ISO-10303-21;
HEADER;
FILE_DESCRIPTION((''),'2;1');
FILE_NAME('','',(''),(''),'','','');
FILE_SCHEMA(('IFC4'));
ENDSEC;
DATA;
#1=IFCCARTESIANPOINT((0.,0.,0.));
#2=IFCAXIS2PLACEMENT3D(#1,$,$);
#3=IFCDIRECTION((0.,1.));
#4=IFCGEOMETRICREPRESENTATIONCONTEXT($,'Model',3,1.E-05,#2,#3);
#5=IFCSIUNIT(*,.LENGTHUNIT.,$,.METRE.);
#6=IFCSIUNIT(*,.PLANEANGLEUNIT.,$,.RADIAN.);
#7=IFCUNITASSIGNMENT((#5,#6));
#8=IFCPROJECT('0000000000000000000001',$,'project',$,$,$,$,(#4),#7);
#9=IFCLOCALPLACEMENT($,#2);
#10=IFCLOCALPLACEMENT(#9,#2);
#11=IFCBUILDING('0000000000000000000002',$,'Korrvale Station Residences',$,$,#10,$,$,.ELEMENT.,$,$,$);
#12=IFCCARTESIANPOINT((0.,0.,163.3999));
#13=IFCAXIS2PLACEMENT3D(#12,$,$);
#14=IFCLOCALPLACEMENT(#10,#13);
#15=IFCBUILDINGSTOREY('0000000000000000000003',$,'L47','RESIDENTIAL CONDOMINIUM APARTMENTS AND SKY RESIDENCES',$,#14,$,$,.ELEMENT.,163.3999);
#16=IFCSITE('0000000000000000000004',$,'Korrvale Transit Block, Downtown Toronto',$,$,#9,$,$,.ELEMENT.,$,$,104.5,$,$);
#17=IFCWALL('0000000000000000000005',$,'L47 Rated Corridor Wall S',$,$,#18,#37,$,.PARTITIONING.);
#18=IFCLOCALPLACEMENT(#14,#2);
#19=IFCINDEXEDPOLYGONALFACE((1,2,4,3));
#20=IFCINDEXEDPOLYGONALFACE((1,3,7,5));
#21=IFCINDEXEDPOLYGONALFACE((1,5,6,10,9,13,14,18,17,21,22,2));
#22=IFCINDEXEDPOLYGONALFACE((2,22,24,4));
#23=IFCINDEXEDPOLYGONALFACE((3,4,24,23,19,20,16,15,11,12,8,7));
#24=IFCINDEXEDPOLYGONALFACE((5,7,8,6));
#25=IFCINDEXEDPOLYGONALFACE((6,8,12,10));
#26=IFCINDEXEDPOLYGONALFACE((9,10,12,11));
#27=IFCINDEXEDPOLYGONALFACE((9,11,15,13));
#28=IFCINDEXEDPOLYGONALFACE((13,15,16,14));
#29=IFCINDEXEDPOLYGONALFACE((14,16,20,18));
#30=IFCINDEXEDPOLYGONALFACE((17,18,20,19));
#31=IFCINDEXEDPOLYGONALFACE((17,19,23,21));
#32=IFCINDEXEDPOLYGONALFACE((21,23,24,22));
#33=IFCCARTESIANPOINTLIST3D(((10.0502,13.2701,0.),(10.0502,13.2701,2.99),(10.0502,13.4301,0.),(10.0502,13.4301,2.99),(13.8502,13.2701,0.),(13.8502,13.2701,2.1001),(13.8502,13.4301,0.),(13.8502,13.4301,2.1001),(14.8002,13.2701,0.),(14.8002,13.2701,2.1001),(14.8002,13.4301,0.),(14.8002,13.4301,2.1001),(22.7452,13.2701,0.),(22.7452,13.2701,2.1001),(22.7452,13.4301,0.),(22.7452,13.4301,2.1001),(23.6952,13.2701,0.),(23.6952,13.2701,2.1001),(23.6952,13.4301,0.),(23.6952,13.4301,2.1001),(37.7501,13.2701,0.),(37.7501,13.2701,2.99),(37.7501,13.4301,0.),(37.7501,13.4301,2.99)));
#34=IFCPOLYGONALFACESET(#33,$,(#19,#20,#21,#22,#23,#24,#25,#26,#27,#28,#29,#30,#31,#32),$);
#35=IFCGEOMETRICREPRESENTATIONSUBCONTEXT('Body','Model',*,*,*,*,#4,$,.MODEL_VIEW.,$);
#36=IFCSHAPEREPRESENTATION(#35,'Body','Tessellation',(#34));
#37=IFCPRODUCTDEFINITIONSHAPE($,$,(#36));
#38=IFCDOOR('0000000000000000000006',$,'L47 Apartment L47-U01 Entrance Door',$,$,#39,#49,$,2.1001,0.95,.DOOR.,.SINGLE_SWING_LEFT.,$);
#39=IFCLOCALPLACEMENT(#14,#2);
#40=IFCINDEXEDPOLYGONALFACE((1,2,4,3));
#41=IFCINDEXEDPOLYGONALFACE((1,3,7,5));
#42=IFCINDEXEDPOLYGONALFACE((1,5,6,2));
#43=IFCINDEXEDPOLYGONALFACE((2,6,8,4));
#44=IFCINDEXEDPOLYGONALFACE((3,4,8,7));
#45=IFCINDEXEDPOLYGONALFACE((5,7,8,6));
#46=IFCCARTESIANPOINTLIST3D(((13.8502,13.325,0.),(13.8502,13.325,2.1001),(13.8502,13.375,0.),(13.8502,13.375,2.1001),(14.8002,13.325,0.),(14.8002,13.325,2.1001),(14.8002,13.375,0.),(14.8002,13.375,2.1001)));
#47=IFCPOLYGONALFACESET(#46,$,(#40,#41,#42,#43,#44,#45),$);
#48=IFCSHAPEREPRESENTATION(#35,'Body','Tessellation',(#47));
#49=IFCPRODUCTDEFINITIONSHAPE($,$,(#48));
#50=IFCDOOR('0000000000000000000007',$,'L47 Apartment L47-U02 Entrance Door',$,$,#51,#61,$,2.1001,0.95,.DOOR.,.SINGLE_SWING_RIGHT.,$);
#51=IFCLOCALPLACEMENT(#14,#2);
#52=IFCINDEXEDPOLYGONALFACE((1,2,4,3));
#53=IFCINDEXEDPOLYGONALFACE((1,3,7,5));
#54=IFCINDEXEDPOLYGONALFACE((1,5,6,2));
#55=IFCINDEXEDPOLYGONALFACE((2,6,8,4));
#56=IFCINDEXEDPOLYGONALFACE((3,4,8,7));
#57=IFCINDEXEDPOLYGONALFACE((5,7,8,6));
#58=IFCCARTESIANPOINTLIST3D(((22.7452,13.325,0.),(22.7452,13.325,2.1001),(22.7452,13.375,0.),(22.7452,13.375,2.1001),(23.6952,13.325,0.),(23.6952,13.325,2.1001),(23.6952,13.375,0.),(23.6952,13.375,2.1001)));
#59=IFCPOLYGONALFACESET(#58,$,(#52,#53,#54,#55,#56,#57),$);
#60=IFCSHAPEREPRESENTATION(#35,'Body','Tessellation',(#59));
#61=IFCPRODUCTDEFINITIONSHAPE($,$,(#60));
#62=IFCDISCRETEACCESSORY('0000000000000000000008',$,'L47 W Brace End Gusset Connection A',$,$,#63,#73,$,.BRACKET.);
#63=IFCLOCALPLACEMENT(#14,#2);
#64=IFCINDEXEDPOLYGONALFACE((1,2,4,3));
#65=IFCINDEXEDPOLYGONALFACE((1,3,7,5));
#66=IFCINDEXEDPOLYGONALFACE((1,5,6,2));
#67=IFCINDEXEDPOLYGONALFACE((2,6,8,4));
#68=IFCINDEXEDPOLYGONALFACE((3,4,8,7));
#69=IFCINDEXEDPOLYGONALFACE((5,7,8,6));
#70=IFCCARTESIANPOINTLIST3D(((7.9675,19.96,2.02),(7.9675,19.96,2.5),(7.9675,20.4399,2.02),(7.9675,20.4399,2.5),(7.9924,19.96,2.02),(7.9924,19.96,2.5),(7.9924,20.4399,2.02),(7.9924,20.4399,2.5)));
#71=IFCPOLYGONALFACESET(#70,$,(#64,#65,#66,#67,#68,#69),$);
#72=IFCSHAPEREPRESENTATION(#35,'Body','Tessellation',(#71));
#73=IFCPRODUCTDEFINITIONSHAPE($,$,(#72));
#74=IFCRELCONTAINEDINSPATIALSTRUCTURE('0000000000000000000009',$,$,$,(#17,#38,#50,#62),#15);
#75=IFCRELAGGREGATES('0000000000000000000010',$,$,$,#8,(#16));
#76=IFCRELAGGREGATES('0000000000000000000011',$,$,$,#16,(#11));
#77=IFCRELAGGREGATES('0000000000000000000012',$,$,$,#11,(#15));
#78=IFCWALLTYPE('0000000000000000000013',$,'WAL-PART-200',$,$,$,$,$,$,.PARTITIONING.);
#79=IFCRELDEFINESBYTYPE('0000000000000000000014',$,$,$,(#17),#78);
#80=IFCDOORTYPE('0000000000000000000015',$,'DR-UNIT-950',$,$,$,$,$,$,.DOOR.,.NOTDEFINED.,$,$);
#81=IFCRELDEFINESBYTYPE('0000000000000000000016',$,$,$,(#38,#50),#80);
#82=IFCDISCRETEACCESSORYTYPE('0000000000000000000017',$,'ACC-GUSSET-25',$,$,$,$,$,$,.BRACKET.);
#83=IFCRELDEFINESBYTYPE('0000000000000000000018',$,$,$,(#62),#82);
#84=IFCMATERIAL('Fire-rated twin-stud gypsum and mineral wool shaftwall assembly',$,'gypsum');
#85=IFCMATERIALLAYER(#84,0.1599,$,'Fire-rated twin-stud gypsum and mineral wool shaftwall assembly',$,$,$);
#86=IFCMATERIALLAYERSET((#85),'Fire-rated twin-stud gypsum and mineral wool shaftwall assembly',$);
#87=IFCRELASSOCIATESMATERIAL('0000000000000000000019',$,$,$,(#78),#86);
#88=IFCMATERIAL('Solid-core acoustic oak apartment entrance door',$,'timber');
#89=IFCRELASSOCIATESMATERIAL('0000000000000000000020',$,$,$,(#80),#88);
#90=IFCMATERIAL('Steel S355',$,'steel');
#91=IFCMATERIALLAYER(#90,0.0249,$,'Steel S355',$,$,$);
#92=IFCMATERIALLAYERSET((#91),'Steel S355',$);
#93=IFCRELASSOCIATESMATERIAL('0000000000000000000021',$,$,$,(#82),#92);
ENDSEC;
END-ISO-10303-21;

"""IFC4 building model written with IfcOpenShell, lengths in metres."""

from ifc_helpers import new_model, si_unit, direction, frame, frame_2d, origin, origin_2d, place, context, subcontext, project, spatial, rectangle, extrude, material, layer, layer_set, type_object, element, fill, save


model = new_model("IFC4")

# Units and contexts
model_context = context("Model", 3, precision=1e-05, world=origin(), true_north=direction((0.0, 1.0)))
body_context = subcontext(model_context, "Body", "Model", "MODEL_VIEW")
ifc_project = project(units=[si_unit("LENGTHUNIT", "METRE"), si_unit("PLANEANGLEUNIT", "RADIAN")], contexts=[model_context])

# Site, building, storey
site_placement = place(None, origin())
site = spatial("IfcSite", under=ifc_project, at=site_placement, Name="Korrvale Transit Block, Downtown Toronto", CompositionType="ELEMENT", RefElevation=104.5)
building_placement = place(site_placement, origin())
building = spatial("IfcBuilding", under=site, at=building_placement, Name="Korrvale Station Residences", CompositionType="ELEMENT")
storey_placement = place(building_placement, frame((0.0, 0.0, 163.3999)))
storey = spatial("IfcBuildingStorey", under=building, at=storey_placement, Name="L47", Description="RESIDENTIAL CONDOMINIUM APARTMENTS AND SKY RESIDENCES", CompositionType="ELEMENT", Elevation=163.3999)

# Shared definitions
ifc_material_1 = material(Name="Steel S355", Category="steel")

# Shared definitions
ifc_material_2 = material(Name="Fire-rated twin-stud gypsum and mineral wool shaftwall assembly", Category="gypsum")
ifc_layer_1 = layer(ifc_material_2, 0.1599, Name="Fire-rated twin-stud gypsum and mineral wool shaftwall assembly")
ifc_layer_set_1 = layer_set([ifc_layer_1], Name="Fire-rated twin-stud gypsum and mineral wool shaftwall assembly")
wall_type_1 = type_object("IfcWallType", Name="WAL-PART-200", PredefinedType="PARTITIONING", material=ifc_layer_set_1)

# Wall, openings, doors
wall_1_placement = place(storey_placement, frame((10.05, 13.3501, 0.0), z_axis=(0.0, 0.0, 1.0), x_axis=(1.0, 0.0, 0.0)))
wall_1 = element("IfcWall", 1, at=wall_1_placement, inside=storey, type_object=wall_type_1, Name="L47 Rated Corridor Wall S", PredefinedType="PARTITIONING", context=body_context, shape_type="SweptSolid", body=[
    extrude(rectangle(XDim=27.7, YDim=0.1599, at=frame_2d((13.8501, 0.0))), origin(), (0.0, 0.0, 1.0), 2.99),
])
opening_1_placement = place(wall_1_placement, frame((3.8, 0.0, 0.0)))
opening_1 = element("IfcOpeningElement", 2, at=opening_1_placement, cuts=wall_1, PredefinedType="OPENING", context=body_context, shape_type="SweptSolid", body=[
    extrude(rectangle(XDim=0.95, YDim=2.1001, at=frame_2d((0.4751, 1.05))), frame((0.0, 0.0898, 0.0), z_axis=(0.0, -1.0, 0.0), x_axis=(1.0, 0.0, 0.0)), (0.0, 0.0, 1.0), 0.1799),
])
opening_2_placement = place(wall_1_placement, frame((12.6951, 0.0, 0.0)))
opening_2 = element("IfcOpeningElement", 3, at=opening_2_placement, cuts=wall_1, PredefinedType="OPENING", context=body_context, shape_type="SweptSolid", body=[
    extrude(rectangle(XDim=0.95, YDim=2.1001, at=frame_2d((0.4751, 1.05))), frame((0.0, 0.0898, 0.0), z_axis=(0.0, -1.0, 0.0), x_axis=(1.0, 0.0, 0.0)), (0.0, 0.0, 1.0), 0.1799),
])
ifc_material_3 = material(Name="Solid-core acoustic oak apartment entrance door", Category="timber")
door_type_1 = type_object("IfcDoorType", Name="DR-UNIT-950", OperationType="NOTDEFINED", PredefinedType="DOOR", material=ifc_material_3)
door_1_placement = place(opening_1_placement, origin())
door_1 = element("IfcDoor", 4, at=door_1_placement, inside=storey, type_object=door_type_1, Name="L47 Apartment L47-U01 Entrance Door", OperationType="SINGLE_SWING_LEFT", OverallHeight=2.1001, OverallWidth=0.95, PredefinedType="DOOR", context=body_context, shape_type="SweptSolid", body=[
    extrude(rectangle(XDim=0.95, YDim=2.1001, at=frame_2d((0.4751, 1.05))), frame((0.0, 0.0249, 0.0), z_axis=(0.0, -1.0, 0.0), x_axis=(1.0, 0.0, 0.0)), (0.0, 0.0, 1.0), 0.05),
])
fill(opening_1, door_1)
door_2_placement = place(opening_2_placement, origin())
door_2 = element("IfcDoor", 5, at=door_2_placement, inside=storey, type_object=door_type_1, Name="L47 Apartment L47-U02 Entrance Door", OperationType="SINGLE_SWING_RIGHT", OverallHeight=2.1001, OverallWidth=0.95, PredefinedType="DOOR", context=body_context, shape_type="SweptSolid", body=[
    extrude(rectangle(XDim=0.95, YDim=2.1001, at=frame_2d((0.4751, 1.05))), frame((0.0, 0.0249, 0.0), z_axis=(0.0, -1.0, 0.0), x_axis=(1.0, 0.0, 0.0)), (0.0, 0.0, 1.0), 0.05),
])
fill(opening_2, door_2)

# Discrete accessory
ifc_layer_2 = layer(ifc_material_1, 0.0249, Name="Steel S355")
ifc_layer_set_2 = layer_set([ifc_layer_2], Name="Steel S355")
discrete_accessory_type = type_object("IfcDiscreteAccessoryType", Name="ACC-GUSSET-25", PredefinedType="BRACKET", material=ifc_layer_set_2)
discrete_accessory_placement = place(storey_placement, frame((7.98, 20.2, 2.02), z_axis=(0.0, 0.0, 1.0), x_axis=(0.0, 1.0, 0.0)))
element("IfcDiscreteAccessory", 6, at=discrete_accessory_placement, inside=storey, type_object=discrete_accessory_type, Name="L47 W Brace End Gusset Connection A", PredefinedType="BRACKET", context=body_context, shape_type="SweptSolid", body=[
    extrude(rectangle(XDim=0.48, YDim=0.0249, at=origin_2d()), origin(), (0.0, 0.0, 1.0), 0.48),
])

save(model, "model.ifc")
